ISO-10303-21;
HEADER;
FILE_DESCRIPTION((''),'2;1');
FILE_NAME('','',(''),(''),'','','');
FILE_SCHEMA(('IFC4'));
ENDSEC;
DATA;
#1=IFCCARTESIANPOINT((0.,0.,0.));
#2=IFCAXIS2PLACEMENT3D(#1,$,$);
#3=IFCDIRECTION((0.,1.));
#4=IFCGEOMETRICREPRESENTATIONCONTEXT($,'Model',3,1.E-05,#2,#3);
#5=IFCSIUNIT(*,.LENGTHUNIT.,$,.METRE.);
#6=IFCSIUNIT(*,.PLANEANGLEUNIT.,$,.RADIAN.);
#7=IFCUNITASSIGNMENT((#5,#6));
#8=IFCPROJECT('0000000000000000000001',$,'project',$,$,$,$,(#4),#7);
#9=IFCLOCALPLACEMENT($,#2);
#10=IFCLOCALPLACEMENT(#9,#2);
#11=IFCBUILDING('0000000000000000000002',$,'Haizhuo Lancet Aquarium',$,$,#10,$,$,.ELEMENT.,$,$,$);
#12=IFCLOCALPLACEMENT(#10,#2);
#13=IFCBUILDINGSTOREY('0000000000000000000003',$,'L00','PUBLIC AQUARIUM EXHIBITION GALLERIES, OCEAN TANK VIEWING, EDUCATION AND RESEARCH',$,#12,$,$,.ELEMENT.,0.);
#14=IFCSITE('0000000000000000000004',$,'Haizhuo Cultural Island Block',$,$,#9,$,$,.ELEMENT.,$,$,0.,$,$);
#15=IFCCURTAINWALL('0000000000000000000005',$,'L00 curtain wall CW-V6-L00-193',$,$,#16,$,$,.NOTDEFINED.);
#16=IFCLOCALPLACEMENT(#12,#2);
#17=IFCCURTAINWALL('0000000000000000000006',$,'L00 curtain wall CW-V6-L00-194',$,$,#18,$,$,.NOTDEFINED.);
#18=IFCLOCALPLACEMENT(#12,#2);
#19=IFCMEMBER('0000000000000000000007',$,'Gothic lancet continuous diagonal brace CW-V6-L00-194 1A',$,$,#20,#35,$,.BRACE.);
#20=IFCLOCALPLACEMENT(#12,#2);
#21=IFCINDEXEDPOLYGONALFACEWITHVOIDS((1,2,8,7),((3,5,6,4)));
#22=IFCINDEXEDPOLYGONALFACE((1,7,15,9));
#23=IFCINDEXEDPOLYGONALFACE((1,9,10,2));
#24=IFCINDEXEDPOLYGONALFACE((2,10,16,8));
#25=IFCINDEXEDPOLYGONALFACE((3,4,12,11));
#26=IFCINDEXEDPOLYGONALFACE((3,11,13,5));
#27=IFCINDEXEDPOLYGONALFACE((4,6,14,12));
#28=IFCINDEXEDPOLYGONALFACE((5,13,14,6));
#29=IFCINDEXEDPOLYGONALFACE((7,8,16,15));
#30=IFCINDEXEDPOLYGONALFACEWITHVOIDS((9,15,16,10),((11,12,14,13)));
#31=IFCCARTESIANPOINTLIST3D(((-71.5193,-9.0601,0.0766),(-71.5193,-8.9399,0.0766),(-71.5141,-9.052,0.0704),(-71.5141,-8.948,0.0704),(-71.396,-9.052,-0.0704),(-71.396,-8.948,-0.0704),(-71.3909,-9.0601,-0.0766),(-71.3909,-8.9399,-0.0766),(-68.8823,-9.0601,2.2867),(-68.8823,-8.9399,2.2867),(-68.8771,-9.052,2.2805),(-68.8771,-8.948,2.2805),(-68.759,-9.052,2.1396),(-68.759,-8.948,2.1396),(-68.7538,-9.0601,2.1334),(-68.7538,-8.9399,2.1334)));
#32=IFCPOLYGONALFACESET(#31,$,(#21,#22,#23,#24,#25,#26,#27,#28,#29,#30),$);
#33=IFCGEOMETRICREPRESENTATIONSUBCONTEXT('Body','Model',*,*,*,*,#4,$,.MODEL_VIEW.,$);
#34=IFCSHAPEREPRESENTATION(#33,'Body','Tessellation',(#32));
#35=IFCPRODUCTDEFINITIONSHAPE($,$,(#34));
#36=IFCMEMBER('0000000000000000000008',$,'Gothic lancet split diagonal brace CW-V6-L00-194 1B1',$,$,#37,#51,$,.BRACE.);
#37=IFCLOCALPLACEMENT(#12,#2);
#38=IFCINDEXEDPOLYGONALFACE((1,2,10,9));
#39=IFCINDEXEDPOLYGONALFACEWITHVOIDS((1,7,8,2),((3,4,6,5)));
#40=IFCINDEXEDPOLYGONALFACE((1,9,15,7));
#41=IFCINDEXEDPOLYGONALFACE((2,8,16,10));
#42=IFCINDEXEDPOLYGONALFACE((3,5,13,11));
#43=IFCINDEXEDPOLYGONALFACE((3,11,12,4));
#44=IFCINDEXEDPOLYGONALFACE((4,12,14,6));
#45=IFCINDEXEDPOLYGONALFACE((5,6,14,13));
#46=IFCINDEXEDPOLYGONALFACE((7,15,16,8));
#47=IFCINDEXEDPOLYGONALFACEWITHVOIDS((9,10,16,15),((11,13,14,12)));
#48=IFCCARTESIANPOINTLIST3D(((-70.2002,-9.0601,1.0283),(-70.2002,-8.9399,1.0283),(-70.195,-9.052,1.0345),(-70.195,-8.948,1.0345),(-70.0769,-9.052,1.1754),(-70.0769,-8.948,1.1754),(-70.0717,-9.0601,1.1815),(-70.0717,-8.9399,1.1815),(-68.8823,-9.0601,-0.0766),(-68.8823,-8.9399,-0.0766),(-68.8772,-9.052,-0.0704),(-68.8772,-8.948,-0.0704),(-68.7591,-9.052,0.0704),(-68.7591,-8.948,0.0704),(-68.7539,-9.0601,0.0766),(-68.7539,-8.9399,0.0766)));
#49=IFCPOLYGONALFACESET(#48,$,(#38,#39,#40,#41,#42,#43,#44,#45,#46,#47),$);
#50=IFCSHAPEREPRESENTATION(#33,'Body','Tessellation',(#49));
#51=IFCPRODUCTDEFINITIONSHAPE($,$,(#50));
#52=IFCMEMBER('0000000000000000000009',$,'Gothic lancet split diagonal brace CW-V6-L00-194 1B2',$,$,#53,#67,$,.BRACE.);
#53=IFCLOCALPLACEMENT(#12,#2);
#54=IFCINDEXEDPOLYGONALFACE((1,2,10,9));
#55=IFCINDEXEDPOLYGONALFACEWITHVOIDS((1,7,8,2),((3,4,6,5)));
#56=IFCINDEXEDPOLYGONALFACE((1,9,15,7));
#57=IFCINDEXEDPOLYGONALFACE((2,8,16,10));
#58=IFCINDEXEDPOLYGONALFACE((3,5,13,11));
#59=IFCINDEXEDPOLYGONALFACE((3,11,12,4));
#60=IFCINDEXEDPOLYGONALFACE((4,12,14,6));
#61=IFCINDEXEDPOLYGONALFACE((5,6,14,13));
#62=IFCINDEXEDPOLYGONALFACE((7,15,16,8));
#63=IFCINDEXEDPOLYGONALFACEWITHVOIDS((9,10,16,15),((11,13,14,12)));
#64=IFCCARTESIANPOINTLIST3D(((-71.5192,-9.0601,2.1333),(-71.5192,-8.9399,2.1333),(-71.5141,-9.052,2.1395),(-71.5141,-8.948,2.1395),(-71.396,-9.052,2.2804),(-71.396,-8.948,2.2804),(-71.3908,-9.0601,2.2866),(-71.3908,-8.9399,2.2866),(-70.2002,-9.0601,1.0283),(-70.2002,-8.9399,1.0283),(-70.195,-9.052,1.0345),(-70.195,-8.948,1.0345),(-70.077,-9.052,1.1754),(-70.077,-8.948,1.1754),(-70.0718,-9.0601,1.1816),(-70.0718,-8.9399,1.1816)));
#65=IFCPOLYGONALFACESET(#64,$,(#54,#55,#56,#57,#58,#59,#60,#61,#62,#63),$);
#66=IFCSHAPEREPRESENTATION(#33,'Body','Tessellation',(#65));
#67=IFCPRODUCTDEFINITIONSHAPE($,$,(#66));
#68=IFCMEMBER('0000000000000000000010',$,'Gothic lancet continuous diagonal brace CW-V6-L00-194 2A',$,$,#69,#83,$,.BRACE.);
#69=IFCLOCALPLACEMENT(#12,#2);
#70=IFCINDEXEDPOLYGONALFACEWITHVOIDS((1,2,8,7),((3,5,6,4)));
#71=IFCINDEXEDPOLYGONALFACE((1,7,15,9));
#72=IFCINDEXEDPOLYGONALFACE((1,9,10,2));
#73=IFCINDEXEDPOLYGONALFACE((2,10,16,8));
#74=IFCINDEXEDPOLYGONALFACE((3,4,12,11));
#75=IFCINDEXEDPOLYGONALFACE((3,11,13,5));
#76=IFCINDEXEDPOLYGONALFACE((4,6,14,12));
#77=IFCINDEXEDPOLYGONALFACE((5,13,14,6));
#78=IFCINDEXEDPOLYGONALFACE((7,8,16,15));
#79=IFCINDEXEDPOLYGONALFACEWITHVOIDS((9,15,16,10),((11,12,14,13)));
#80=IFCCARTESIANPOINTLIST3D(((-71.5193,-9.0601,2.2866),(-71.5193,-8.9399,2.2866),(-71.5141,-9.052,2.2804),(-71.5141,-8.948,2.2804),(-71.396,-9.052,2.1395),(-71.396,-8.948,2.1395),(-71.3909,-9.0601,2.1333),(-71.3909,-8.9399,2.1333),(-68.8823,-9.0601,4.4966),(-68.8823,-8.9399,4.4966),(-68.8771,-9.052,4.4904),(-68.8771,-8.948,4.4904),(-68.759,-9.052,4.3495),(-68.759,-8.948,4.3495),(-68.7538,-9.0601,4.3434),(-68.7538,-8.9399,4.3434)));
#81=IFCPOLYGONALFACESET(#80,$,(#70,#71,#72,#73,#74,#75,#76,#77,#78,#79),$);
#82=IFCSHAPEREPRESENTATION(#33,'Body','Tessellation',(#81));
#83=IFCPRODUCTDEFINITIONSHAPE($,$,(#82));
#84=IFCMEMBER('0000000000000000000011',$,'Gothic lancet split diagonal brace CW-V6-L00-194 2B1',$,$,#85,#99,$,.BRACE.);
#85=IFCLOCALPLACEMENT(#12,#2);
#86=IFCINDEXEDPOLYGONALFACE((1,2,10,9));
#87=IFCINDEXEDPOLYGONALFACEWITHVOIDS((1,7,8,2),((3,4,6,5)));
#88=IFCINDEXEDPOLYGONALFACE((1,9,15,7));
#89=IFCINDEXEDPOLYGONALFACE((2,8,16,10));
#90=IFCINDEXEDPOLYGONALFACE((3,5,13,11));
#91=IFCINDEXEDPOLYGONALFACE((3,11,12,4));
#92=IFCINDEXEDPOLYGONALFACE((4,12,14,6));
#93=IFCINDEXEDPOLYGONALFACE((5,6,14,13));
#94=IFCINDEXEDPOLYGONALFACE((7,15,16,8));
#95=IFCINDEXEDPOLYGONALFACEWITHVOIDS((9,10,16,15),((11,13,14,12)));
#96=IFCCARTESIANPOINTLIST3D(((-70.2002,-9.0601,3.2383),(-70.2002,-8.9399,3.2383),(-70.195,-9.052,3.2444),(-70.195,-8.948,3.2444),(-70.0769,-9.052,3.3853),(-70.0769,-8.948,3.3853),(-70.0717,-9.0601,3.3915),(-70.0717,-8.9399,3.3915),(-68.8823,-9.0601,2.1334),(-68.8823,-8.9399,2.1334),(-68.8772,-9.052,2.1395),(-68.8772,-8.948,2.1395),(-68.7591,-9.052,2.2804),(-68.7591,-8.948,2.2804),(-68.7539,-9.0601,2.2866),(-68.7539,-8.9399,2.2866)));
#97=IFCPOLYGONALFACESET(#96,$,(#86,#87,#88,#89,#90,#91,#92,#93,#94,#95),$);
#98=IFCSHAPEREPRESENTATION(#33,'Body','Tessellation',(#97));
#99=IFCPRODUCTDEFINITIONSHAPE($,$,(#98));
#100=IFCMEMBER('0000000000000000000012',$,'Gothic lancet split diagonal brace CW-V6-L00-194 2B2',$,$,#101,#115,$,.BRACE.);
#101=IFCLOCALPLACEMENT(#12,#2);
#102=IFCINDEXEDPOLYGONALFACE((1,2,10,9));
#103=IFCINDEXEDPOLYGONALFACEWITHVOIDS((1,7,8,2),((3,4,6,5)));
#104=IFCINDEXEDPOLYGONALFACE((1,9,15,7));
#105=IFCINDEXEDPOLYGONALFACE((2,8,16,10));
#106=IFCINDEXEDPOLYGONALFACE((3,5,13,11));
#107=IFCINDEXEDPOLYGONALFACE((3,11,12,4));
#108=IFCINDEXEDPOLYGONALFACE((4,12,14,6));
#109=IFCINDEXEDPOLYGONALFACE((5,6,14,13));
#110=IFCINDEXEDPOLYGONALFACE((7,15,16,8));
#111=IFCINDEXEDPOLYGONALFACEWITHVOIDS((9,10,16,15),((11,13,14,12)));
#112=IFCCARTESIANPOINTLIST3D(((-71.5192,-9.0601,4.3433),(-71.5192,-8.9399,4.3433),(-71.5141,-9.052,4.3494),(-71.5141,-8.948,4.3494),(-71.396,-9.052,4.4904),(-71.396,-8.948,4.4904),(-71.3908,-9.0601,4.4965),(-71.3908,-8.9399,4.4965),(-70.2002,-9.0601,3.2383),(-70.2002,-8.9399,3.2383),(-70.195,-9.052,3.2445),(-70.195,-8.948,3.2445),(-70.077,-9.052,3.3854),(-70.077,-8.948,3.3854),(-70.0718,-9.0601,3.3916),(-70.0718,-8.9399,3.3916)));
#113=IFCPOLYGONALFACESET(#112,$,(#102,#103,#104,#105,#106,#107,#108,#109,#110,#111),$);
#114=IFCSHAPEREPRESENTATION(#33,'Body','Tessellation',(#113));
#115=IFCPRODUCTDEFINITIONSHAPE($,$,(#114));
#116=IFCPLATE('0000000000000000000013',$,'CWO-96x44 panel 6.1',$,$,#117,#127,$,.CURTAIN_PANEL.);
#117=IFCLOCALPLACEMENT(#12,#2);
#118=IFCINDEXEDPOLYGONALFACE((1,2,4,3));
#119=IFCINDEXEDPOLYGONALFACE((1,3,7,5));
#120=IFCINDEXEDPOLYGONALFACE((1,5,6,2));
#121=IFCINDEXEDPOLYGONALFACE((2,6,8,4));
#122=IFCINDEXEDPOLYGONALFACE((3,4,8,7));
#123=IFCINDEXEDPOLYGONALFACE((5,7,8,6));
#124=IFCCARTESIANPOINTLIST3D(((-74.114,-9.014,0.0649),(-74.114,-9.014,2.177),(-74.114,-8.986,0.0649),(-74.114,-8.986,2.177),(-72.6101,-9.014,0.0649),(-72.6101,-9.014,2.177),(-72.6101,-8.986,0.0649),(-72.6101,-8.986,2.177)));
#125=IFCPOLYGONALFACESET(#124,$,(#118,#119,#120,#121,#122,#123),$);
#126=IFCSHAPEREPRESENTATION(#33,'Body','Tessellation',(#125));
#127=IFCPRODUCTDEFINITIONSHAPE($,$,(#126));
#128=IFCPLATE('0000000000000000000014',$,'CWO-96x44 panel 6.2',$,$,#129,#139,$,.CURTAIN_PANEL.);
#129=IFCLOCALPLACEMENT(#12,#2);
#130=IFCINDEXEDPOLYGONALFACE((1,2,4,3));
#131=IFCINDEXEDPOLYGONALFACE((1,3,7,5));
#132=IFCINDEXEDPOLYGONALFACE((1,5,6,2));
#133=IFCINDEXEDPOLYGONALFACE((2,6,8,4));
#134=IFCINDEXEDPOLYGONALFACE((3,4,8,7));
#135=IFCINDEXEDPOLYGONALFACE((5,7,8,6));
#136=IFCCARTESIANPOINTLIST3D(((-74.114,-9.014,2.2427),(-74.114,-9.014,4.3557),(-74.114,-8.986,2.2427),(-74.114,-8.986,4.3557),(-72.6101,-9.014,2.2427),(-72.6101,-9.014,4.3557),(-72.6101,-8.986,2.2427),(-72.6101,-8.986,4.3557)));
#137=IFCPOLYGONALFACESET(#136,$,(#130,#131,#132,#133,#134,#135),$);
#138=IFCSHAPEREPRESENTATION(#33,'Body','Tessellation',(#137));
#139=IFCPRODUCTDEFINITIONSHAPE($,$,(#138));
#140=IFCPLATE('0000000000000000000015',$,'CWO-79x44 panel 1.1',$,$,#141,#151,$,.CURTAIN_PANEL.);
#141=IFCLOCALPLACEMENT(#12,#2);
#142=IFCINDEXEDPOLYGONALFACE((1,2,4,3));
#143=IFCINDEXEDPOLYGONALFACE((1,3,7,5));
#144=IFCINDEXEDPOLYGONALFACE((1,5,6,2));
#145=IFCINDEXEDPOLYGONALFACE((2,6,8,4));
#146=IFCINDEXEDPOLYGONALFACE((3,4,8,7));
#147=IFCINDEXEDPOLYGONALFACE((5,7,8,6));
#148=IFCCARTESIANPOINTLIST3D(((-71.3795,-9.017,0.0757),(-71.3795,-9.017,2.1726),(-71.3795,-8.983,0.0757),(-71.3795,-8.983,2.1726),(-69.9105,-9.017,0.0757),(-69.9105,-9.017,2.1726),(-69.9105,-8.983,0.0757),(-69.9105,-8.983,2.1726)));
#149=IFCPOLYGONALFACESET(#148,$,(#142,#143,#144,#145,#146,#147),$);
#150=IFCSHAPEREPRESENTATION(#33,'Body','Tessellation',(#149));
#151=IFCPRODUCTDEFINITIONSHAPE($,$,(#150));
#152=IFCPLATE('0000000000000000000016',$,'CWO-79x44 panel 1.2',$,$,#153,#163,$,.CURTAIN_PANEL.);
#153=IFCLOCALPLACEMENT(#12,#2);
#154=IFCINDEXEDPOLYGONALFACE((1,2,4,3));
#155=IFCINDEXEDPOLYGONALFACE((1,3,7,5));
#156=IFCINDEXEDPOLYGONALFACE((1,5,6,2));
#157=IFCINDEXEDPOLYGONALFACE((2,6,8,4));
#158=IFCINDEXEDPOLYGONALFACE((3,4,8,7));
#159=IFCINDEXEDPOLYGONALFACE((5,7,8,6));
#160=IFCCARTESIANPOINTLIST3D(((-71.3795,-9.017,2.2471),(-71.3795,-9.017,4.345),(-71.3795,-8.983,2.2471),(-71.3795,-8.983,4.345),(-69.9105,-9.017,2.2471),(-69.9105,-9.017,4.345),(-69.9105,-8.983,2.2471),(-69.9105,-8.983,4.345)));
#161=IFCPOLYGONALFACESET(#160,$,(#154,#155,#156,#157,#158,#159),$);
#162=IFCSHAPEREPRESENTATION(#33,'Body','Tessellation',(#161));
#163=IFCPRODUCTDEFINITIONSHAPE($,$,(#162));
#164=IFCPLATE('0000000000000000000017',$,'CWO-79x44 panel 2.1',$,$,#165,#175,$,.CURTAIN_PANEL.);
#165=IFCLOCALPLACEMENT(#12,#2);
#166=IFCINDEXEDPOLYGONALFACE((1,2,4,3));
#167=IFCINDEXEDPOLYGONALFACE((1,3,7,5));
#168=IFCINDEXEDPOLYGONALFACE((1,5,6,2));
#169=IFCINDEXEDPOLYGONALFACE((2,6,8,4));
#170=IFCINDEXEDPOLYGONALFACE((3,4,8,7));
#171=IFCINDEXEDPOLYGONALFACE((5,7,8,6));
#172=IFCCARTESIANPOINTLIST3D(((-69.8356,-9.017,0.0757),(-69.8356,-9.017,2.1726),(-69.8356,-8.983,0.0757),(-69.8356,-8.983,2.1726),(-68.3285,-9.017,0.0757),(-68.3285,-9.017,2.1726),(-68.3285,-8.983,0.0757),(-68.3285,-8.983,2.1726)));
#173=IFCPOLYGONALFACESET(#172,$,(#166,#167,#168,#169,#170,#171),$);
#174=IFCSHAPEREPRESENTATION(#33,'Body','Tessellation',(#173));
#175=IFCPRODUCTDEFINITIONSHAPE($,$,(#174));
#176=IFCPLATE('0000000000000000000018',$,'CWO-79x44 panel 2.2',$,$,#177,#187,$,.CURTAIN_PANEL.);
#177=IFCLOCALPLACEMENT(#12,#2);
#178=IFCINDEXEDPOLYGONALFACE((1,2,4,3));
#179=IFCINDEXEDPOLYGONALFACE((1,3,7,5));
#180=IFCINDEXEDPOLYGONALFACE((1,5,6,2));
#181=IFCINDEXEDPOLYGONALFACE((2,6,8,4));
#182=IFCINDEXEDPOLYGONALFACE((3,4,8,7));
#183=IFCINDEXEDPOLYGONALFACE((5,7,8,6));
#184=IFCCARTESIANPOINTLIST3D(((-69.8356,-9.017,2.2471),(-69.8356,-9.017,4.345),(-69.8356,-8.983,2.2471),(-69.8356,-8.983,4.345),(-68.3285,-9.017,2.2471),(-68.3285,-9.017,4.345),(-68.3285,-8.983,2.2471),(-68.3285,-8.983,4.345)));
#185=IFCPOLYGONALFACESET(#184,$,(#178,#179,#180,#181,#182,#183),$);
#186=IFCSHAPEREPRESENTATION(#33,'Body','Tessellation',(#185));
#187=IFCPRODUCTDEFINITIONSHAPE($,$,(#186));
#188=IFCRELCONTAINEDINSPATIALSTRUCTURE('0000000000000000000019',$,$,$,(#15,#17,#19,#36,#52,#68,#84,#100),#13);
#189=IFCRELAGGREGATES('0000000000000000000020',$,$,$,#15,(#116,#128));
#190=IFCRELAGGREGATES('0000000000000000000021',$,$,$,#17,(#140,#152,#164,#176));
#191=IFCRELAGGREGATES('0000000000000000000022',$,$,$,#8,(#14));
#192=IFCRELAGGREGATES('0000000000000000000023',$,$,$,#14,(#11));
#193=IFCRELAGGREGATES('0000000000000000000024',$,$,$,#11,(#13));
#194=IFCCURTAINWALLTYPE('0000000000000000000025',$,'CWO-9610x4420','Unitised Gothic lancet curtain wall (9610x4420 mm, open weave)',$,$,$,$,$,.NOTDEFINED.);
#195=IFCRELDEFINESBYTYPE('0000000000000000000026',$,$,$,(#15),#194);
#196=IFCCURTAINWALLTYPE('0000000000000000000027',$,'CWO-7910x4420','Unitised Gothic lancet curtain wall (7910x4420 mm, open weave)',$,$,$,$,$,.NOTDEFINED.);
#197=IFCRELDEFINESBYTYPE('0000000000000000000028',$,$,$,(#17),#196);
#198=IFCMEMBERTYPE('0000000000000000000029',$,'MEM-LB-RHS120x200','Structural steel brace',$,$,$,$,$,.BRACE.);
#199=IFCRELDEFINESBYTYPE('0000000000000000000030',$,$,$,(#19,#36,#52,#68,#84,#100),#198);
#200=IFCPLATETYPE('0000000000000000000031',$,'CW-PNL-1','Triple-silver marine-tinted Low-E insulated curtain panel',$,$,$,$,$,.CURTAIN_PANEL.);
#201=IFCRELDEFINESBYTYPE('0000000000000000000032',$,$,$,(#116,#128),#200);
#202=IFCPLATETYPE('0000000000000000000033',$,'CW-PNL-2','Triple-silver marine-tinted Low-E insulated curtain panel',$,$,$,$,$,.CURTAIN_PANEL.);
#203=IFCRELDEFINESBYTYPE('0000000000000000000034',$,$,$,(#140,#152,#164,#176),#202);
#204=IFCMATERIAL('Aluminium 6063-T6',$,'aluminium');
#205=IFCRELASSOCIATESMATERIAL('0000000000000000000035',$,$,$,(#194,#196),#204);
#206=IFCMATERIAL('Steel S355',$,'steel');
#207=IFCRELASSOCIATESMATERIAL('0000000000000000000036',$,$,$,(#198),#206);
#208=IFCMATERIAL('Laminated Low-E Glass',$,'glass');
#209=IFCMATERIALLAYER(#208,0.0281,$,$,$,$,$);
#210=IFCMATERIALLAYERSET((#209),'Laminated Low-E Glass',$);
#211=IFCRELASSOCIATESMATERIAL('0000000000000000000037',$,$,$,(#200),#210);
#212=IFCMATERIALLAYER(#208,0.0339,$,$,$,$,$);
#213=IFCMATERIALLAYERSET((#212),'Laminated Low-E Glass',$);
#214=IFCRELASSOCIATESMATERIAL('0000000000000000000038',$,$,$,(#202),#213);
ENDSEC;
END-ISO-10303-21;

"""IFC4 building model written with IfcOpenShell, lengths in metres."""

from ifc_helpers import new_model, si_unit, direction, frame, origin, origin_2d, place, context, subcontext, project, spatial, rectangle, hollow_rectangle, extrude, material, layer, layer_set, material_profile, profile_set, type_object, element, aggregate, save


model = new_model("IFC4")

# Units and contexts
model_context = context("Model", 3, precision=1e-05, world=origin(), true_north=direction((0.0, 1.0)))
body_context = subcontext(model_context, "Body", "Model", "MODEL_VIEW")
ifc_project = project(units=[si_unit("LENGTHUNIT", "METRE"), si_unit("PLANEANGLEUNIT", "RADIAN")], contexts=[model_context])

# Site, building, storey
site_placement = place(None, origin())
site = spatial("IfcSite", under=ifc_project, at=site_placement, Name="Haizhuo Cultural Island Block", CompositionType="ELEMENT", RefElevation=0.0)
building_placement = place(site_placement, origin())
building = spatial("IfcBuilding", under=site, at=building_placement, Name="Haizhuo Lancet Aquarium", CompositionType="ELEMENT")
storey_placement = place(building_placement, origin())
storey = spatial("IfcBuildingStorey", under=building, at=storey_placement, Name="L00", Description="PUBLIC AQUARIUM EXHIBITION GALLERIES, OCEAN TANK VIEWING, EDUCATION AND RESEARCH", CompositionType="ELEMENT", Elevation=0.0)

# Shared definitions
ifc_material_1 = material(Name="Steel S355", Category="steel")

# Curtain wall
ifc_material_2 = material(Name="Aluminium 6063-T6", Category="aluminium")
curtain_wall_type_1 = type_object("IfcCurtainWallType", Name="CWO-9610x4420", Description="Unitised Gothic lancet curtain wall (9610x4420 mm, open weave)", PredefinedType="NOTDEFINED", material=ifc_material_2)
curtain_wall_1_placement = place(storey_placement, origin())
curtain_wall_1 = element("IfcCurtainWall", 1, at=curtain_wall_1_placement, inside=storey, type_object=curtain_wall_type_1, Name="L00 curtain wall CW-V6-L00-193", PredefinedType="NOTDEFINED")

# Curtain wall
curtain_wall_type_2 = type_object("IfcCurtainWallType", Name="CWO-7910x4420", Description="Unitised Gothic lancet curtain wall (7910x4420 mm, open weave)", PredefinedType="NOTDEFINED", material=ifc_material_2)
curtain_wall_2_placement = place(storey_placement, origin())
curtain_wall_2 = element("IfcCurtainWall", 2, at=curtain_wall_2_placement, inside=storey, type_object=curtain_wall_type_2, Name="L00 curtain wall CW-V6-L00-194", PredefinedType="NOTDEFINED")

# Members
ifc_material_profile_1 = material_profile(ifc_material_1, hollow_rectangle(XDim=0.1201, YDim=0.2, WallThickness=0.0081, at=origin_2d()), Name="RHS 120x200x8")
ifc_profile_set_1 = profile_set([ifc_material_profile_1], Name="Steel S355")
member_type_1 = type_object("IfcMemberType", Name="MEM-LB-RHS120x200", Description="Structural steel brace", PredefinedType="BRACE", material=ifc_profile_set_1)
member_1_placement = place(storey_placement, frame((-71.4551, -9.0, 0.0), z_axis=(0.766433, 0.0, 0.642325), x_axis=(0.0, 1.0, 0.0)))
element("IfcMember", 3, at=member_1_placement, inside=storey, type_object=member_type_1, Name="Gothic lancet continuous diagonal brace CW-V6-L00-194 1A", PredefinedType="BRACE", context=body_context, shape_type="SweptSolid", body=[
    extrude(hollow_rectangle(XDim=0.1201, YDim=0.2, WallThickness=0.0081, at=origin_2d()), origin(), (0.0, 0.0, 1.0), 3.4407),
])
member_2_placement = place(storey_placement, frame((-68.8181, -9.0, 0.0), z_axis=(-0.766286, 0.0, 0.642499), x_axis=(0.0, -1.0, 0.0)))
element("IfcMember", 4, at=member_2_placement, inside=storey, type_object=member_type_1, Name="Gothic lancet split diagonal brace CW-V6-L00-194 1B1", PredefinedType="BRACE", context=body_context, shape_type="SweptSolid", body=[
    extrude(hollow_rectangle(XDim=0.1201, YDim=0.2, WallThickness=0.0081, at=origin_2d()), origin(), (0.0, 0.0, 1.0), 1.7197),
])
member_3_placement = place(storey_placement, frame((-70.136, -9.0, 1.105), z_axis=(-0.766579, 0.0, 0.64215), x_axis=(0.0, -1.0, 0.0)))
element("IfcMember", 5, at=member_3_placement, inside=storey, type_object=member_type_1, Name="Gothic lancet split diagonal brace CW-V6-L00-194 1B2", PredefinedType="BRACE", context=body_context, shape_type="SweptSolid", body=[
    extrude(hollow_rectangle(XDim=0.1201, YDim=0.2, WallThickness=0.0081, at=origin_2d()), origin(), (0.0, 0.0, 1.0), 1.7207),
])
member_4_placement = place(storey_placement, frame((-71.4551, -9.0, 2.21), z_axis=(0.766433, 0.0, 0.642325), x_axis=(0.0, 1.0, 0.0)))
element("IfcMember", 6, at=member_4_placement, inside=storey, type_object=member_type_1, Name="Gothic lancet continuous diagonal brace CW-V6-L00-194 2A", PredefinedType="BRACE", context=body_context, shape_type="SweptSolid", body=[
    extrude(hollow_rectangle(XDim=0.1201, YDim=0.2, WallThickness=0.0081, at=origin_2d()), origin(), (0.0, 0.0, 1.0), 3.4407),
])
member_5_placement = place(storey_placement, frame((-68.8181, -9.0, 2.21), z_axis=(-0.766286, 0.0, 0.642499), x_axis=(0.0, -1.0, 0.0)))
element("IfcMember", 7, at=member_5_placement, inside=storey, type_object=member_type_1, Name="Gothic lancet split diagonal brace CW-V6-L00-194 2B1", PredefinedType="BRACE", context=body_context, shape_type="SweptSolid", body=[
    extrude(hollow_rectangle(XDim=0.1201, YDim=0.2, WallThickness=0.0081, at=origin_2d()), origin(), (0.0, 0.0, 1.0), 1.7197),
])
member_6_placement = place(storey_placement, frame((-70.136, -9.0, 3.3149), z_axis=(-0.766579, 0.0, 0.64215), x_axis=(0.0, -1.0, 0.0)))
element("IfcMember", 8, at=member_6_placement, inside=storey, type_object=member_type_1, Name="Gothic lancet split diagonal brace CW-V6-L00-194 2B2", PredefinedType="BRACE", context=body_context, shape_type="SweptSolid", body=[
    extrude(hollow_rectangle(XDim=0.1201, YDim=0.2, WallThickness=0.0081, at=origin_2d()), origin(), (0.0, 0.0, 1.0), 1.7207),
])

# Plates
ifc_material_3 = material(Name="Laminated Low-E Glass", Category="glass")
ifc_layer_1 = layer(ifc_material_3, 0.0281)
ifc_layer_set_1 = layer_set([ifc_layer_1], Name="Laminated Low-E Glass")
plate_type_1 = type_object("IfcPlateType", Name="CW-PNL-1", Description="Triple-silver marine-tinted Low-E insulated curtain panel", PredefinedType="CURTAIN_PANEL", material=ifc_layer_set_1)
plate_1_placement = place(storey_placement, frame((-73.3621, -9.0, 0.0649), z_axis=(0.0, 0.0, 1.0), x_axis=(1.0, 0.0, 0.0)))
plate_1 = element("IfcPlate", 9, at=plate_1_placement, type_object=plate_type_1, Name="CWO-96x44 panel 6.1", PredefinedType="CURTAIN_PANEL", context=body_context, shape_type="SweptSolid", body=[
    extrude(rectangle(XDim=1.5039, YDim=0.0281, at=origin_2d()), origin(), (0.0, 0.0, 1.0), 2.1121),
])
plate_2_placement = place(storey_placement, frame((-73.3621, -9.0, 2.2427), z_axis=(0.0, 0.0, 1.0), x_axis=(1.0, 0.0, 0.0)))
plate_2 = element("IfcPlate", 10, at=plate_2_placement, type_object=plate_type_1, Name="CWO-96x44 panel 6.2", PredefinedType="CURTAIN_PANEL", context=body_context, shape_type="SweptSolid", body=[
    extrude(rectangle(XDim=1.5039, YDim=0.0281, at=origin_2d()), origin(), (0.0, 0.0, 1.0), 2.113),
])
aggregate(curtain_wall_1, [plate_1, plate_2])
ifc_layer_2 = layer(ifc_material_3, 0.0339)
ifc_layer_set_2 = layer_set([ifc_layer_2], Name="Laminated Low-E Glass")
plate_type_2 = type_object("IfcPlateType", Name="CW-PNL-2", Description="Triple-silver marine-tinted Low-E insulated curtain panel", PredefinedType="CURTAIN_PANEL", material=ifc_layer_set_2)
plate_3_placement = place(storey_placement, frame((-70.645, -9.0, 0.0757), z_axis=(0.0, 0.0, 1.0), x_axis=(1.0, 0.0, 0.0)))
plate_3 = element("IfcPlate", 11, at=plate_3_placement, type_object=plate_type_2, Name="CWO-79x44 panel 1.1", PredefinedType="CURTAIN_PANEL", context=body_context, shape_type="SweptSolid", body=[
    extrude(rectangle(XDim=1.469, YDim=0.0339, at=origin_2d()), origin(), (0.0, 0.0, 1.0), 2.0969),
])
plate_4_placement = place(storey_placement, frame((-70.645, -9.0, 2.2471), z_axis=(0.0, 0.0, 1.0), x_axis=(1.0, 0.0, 0.0)))
plate_4 = element("IfcPlate", 12, at=plate_4_placement, type_object=plate_type_2, Name="CWO-79x44 panel 1.2", PredefinedType="CURTAIN_PANEL", context=body_context, shape_type="SweptSolid", body=[
    extrude(rectangle(XDim=1.469, YDim=0.0339, at=origin_2d()), origin(), (0.0, 0.0, 1.0), 2.0979),
])
plate_5_placement = place(storey_placement, frame((-69.082, -9.0, 0.0757), z_axis=(0.0, 0.0, 1.0), x_axis=(1.0, 0.0, 0.0)))
plate_5 = element("IfcPlate", 13, at=plate_5_placement, type_object=plate_type_2, Name="CWO-79x44 panel 2.1", PredefinedType="CURTAIN_PANEL", context=body_context, shape_type="SweptSolid", body=[
    extrude(rectangle(XDim=1.5071, YDim=0.0339, at=origin_2d()), origin(), (0.0, 0.0, 1.0), 2.0969),
])
plate_6_placement = place(storey_placement, frame((-69.082, -9.0, 2.2471), z_axis=(0.0, 0.0, 1.0), x_axis=(1.0, 0.0, 0.0)))
plate_6 = element("IfcPlate", 14, at=plate_6_placement, type_object=plate_type_2, Name="CWO-79x44 panel 2.2", PredefinedType="CURTAIN_PANEL", context=body_context, shape_type="SweptSolid", body=[
    extrude(rectangle(XDim=1.5071, YDim=0.0339, at=origin_2d()), origin(), (0.0, 0.0, 1.0), 2.0979),
])
aggregate(curtain_wall_2, [plate_3, plate_4, plate_5, plate_6])

save(model, "model.ifc")
